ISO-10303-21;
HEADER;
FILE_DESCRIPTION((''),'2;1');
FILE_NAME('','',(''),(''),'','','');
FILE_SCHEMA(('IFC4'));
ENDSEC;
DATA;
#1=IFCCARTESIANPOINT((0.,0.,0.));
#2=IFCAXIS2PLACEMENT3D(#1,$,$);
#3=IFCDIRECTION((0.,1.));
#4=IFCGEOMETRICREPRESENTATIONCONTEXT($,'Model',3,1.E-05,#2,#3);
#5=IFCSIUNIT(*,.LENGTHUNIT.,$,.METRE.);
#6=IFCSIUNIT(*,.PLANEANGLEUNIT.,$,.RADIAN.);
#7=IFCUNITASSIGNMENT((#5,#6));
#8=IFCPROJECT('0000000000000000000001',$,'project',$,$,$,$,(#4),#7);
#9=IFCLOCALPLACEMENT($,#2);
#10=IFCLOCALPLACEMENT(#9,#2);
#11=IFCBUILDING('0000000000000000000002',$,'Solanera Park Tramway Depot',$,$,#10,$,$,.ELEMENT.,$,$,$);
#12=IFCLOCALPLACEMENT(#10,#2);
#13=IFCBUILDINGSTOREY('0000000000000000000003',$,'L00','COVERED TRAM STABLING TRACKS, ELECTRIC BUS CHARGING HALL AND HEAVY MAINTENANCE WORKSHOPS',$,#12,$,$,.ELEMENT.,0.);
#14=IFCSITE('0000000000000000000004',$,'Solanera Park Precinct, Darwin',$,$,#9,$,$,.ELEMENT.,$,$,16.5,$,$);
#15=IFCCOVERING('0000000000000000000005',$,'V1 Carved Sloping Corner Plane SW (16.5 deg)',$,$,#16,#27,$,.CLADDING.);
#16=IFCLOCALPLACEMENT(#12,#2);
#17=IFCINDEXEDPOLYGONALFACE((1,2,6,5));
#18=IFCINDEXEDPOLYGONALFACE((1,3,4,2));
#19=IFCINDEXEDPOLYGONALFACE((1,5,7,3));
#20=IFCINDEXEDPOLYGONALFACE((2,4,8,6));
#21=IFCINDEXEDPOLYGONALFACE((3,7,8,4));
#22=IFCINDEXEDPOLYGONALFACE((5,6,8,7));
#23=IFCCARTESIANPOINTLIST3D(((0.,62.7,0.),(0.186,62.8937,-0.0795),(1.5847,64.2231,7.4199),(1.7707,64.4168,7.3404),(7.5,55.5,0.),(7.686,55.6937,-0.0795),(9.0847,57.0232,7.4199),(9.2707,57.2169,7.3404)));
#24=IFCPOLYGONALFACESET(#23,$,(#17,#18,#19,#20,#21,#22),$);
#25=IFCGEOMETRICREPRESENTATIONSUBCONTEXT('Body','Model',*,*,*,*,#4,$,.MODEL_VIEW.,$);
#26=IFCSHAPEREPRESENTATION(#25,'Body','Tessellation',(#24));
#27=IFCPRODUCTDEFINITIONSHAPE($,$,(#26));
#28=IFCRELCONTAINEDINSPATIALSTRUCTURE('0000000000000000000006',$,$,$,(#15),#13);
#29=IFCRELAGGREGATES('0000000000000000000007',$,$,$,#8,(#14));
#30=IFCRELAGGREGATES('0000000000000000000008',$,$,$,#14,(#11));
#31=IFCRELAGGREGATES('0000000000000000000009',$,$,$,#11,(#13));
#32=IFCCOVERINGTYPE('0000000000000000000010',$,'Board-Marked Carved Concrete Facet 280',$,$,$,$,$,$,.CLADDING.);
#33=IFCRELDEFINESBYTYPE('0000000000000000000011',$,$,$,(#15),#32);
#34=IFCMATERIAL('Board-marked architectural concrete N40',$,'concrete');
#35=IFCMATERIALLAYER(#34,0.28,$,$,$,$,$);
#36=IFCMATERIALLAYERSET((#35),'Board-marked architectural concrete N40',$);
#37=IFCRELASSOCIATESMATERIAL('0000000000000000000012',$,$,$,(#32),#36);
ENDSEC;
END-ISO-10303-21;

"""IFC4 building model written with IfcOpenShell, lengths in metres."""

from ifc_helpers import new_model, si_unit, direction, frame, origin, place, context, subcontext, project, spatial, polyline, outline, extrude, material, layer, layer_set, type_object, element, save


model = new_model("IFC4")

# Units and contexts
model_context = context("Model", 3, precision=1e-05, world=origin(), true_north=direction((0.0, 1.0)))
body_context = subcontext(model_context, "Body", "Model", "MODEL_VIEW")
ifc_project = project(units=[si_unit("LENGTHUNIT", "METRE"), si_unit("PLANEANGLEUNIT", "RADIAN")], contexts=[model_context])

# Site, building, storey
site_placement = place(None, origin())
site = spatial("IfcSite", under=ifc_project, at=site_placement, Name="Solanera Park Precinct, Darwin", CompositionType="ELEMENT", RefElevation=16.5)
building_placement = place(site_placement, origin())
building = spatial("IfcBuilding", under=site, at=building_placement, Name="Solanera Park Tramway Depot", CompositionType="ELEMENT")
storey_placement = place(building_placement, origin())
storey = spatial("IfcBuildingStorey", under=building, at=storey_placement, Name="L00", Description="COVERED TRAM STABLING TRACKS, ELECTRIC BUS CHARGING HALL AND HEAVY MAINTENANCE WORKSHOPS", CompositionType="ELEMENT", Elevation=0.0)

# Covering
ifc_material_1 = material(Name="Board-marked architectural concrete N40", Category="concrete")
ifc_layer_1 = layer(ifc_material_1, 0.28)
ifc_layer_set_1 = layer_set([ifc_layer_1], Name="Board-marked architectural concrete N40")
covering_type = type_object("IfcCoveringType", Name="Board-Marked Carved Concrete Facet 280", PredefinedType="CLADDING", material=ifc_layer_set_1)
covering_placement = place(storey_placement, frame((7.5, 55.5, 0.0), z_axis=(-0.66405, -0.691723, 0.283825), x_axis=(-0.72139, 0.692529, 0.0)))
element("IfcCovering", 1, at=covering_placement, inside=storey, type_object=covering_type, Name="V1 Carved Sloping Corner Plane SW (16.5 deg)", PredefinedType="CLADDING", context=body_context, shape_type="SweptSolid", body=[
    extrude(outline(polyline([(0.0, 0.0), (10.3966, 0.0), (10.3083, -7.7381), (-0.0883, -7.7381), (0.0, 0.0)])), origin(), (0.0, 0.0, -1.0), 0.28),
])

save(model, "model.ifc")
